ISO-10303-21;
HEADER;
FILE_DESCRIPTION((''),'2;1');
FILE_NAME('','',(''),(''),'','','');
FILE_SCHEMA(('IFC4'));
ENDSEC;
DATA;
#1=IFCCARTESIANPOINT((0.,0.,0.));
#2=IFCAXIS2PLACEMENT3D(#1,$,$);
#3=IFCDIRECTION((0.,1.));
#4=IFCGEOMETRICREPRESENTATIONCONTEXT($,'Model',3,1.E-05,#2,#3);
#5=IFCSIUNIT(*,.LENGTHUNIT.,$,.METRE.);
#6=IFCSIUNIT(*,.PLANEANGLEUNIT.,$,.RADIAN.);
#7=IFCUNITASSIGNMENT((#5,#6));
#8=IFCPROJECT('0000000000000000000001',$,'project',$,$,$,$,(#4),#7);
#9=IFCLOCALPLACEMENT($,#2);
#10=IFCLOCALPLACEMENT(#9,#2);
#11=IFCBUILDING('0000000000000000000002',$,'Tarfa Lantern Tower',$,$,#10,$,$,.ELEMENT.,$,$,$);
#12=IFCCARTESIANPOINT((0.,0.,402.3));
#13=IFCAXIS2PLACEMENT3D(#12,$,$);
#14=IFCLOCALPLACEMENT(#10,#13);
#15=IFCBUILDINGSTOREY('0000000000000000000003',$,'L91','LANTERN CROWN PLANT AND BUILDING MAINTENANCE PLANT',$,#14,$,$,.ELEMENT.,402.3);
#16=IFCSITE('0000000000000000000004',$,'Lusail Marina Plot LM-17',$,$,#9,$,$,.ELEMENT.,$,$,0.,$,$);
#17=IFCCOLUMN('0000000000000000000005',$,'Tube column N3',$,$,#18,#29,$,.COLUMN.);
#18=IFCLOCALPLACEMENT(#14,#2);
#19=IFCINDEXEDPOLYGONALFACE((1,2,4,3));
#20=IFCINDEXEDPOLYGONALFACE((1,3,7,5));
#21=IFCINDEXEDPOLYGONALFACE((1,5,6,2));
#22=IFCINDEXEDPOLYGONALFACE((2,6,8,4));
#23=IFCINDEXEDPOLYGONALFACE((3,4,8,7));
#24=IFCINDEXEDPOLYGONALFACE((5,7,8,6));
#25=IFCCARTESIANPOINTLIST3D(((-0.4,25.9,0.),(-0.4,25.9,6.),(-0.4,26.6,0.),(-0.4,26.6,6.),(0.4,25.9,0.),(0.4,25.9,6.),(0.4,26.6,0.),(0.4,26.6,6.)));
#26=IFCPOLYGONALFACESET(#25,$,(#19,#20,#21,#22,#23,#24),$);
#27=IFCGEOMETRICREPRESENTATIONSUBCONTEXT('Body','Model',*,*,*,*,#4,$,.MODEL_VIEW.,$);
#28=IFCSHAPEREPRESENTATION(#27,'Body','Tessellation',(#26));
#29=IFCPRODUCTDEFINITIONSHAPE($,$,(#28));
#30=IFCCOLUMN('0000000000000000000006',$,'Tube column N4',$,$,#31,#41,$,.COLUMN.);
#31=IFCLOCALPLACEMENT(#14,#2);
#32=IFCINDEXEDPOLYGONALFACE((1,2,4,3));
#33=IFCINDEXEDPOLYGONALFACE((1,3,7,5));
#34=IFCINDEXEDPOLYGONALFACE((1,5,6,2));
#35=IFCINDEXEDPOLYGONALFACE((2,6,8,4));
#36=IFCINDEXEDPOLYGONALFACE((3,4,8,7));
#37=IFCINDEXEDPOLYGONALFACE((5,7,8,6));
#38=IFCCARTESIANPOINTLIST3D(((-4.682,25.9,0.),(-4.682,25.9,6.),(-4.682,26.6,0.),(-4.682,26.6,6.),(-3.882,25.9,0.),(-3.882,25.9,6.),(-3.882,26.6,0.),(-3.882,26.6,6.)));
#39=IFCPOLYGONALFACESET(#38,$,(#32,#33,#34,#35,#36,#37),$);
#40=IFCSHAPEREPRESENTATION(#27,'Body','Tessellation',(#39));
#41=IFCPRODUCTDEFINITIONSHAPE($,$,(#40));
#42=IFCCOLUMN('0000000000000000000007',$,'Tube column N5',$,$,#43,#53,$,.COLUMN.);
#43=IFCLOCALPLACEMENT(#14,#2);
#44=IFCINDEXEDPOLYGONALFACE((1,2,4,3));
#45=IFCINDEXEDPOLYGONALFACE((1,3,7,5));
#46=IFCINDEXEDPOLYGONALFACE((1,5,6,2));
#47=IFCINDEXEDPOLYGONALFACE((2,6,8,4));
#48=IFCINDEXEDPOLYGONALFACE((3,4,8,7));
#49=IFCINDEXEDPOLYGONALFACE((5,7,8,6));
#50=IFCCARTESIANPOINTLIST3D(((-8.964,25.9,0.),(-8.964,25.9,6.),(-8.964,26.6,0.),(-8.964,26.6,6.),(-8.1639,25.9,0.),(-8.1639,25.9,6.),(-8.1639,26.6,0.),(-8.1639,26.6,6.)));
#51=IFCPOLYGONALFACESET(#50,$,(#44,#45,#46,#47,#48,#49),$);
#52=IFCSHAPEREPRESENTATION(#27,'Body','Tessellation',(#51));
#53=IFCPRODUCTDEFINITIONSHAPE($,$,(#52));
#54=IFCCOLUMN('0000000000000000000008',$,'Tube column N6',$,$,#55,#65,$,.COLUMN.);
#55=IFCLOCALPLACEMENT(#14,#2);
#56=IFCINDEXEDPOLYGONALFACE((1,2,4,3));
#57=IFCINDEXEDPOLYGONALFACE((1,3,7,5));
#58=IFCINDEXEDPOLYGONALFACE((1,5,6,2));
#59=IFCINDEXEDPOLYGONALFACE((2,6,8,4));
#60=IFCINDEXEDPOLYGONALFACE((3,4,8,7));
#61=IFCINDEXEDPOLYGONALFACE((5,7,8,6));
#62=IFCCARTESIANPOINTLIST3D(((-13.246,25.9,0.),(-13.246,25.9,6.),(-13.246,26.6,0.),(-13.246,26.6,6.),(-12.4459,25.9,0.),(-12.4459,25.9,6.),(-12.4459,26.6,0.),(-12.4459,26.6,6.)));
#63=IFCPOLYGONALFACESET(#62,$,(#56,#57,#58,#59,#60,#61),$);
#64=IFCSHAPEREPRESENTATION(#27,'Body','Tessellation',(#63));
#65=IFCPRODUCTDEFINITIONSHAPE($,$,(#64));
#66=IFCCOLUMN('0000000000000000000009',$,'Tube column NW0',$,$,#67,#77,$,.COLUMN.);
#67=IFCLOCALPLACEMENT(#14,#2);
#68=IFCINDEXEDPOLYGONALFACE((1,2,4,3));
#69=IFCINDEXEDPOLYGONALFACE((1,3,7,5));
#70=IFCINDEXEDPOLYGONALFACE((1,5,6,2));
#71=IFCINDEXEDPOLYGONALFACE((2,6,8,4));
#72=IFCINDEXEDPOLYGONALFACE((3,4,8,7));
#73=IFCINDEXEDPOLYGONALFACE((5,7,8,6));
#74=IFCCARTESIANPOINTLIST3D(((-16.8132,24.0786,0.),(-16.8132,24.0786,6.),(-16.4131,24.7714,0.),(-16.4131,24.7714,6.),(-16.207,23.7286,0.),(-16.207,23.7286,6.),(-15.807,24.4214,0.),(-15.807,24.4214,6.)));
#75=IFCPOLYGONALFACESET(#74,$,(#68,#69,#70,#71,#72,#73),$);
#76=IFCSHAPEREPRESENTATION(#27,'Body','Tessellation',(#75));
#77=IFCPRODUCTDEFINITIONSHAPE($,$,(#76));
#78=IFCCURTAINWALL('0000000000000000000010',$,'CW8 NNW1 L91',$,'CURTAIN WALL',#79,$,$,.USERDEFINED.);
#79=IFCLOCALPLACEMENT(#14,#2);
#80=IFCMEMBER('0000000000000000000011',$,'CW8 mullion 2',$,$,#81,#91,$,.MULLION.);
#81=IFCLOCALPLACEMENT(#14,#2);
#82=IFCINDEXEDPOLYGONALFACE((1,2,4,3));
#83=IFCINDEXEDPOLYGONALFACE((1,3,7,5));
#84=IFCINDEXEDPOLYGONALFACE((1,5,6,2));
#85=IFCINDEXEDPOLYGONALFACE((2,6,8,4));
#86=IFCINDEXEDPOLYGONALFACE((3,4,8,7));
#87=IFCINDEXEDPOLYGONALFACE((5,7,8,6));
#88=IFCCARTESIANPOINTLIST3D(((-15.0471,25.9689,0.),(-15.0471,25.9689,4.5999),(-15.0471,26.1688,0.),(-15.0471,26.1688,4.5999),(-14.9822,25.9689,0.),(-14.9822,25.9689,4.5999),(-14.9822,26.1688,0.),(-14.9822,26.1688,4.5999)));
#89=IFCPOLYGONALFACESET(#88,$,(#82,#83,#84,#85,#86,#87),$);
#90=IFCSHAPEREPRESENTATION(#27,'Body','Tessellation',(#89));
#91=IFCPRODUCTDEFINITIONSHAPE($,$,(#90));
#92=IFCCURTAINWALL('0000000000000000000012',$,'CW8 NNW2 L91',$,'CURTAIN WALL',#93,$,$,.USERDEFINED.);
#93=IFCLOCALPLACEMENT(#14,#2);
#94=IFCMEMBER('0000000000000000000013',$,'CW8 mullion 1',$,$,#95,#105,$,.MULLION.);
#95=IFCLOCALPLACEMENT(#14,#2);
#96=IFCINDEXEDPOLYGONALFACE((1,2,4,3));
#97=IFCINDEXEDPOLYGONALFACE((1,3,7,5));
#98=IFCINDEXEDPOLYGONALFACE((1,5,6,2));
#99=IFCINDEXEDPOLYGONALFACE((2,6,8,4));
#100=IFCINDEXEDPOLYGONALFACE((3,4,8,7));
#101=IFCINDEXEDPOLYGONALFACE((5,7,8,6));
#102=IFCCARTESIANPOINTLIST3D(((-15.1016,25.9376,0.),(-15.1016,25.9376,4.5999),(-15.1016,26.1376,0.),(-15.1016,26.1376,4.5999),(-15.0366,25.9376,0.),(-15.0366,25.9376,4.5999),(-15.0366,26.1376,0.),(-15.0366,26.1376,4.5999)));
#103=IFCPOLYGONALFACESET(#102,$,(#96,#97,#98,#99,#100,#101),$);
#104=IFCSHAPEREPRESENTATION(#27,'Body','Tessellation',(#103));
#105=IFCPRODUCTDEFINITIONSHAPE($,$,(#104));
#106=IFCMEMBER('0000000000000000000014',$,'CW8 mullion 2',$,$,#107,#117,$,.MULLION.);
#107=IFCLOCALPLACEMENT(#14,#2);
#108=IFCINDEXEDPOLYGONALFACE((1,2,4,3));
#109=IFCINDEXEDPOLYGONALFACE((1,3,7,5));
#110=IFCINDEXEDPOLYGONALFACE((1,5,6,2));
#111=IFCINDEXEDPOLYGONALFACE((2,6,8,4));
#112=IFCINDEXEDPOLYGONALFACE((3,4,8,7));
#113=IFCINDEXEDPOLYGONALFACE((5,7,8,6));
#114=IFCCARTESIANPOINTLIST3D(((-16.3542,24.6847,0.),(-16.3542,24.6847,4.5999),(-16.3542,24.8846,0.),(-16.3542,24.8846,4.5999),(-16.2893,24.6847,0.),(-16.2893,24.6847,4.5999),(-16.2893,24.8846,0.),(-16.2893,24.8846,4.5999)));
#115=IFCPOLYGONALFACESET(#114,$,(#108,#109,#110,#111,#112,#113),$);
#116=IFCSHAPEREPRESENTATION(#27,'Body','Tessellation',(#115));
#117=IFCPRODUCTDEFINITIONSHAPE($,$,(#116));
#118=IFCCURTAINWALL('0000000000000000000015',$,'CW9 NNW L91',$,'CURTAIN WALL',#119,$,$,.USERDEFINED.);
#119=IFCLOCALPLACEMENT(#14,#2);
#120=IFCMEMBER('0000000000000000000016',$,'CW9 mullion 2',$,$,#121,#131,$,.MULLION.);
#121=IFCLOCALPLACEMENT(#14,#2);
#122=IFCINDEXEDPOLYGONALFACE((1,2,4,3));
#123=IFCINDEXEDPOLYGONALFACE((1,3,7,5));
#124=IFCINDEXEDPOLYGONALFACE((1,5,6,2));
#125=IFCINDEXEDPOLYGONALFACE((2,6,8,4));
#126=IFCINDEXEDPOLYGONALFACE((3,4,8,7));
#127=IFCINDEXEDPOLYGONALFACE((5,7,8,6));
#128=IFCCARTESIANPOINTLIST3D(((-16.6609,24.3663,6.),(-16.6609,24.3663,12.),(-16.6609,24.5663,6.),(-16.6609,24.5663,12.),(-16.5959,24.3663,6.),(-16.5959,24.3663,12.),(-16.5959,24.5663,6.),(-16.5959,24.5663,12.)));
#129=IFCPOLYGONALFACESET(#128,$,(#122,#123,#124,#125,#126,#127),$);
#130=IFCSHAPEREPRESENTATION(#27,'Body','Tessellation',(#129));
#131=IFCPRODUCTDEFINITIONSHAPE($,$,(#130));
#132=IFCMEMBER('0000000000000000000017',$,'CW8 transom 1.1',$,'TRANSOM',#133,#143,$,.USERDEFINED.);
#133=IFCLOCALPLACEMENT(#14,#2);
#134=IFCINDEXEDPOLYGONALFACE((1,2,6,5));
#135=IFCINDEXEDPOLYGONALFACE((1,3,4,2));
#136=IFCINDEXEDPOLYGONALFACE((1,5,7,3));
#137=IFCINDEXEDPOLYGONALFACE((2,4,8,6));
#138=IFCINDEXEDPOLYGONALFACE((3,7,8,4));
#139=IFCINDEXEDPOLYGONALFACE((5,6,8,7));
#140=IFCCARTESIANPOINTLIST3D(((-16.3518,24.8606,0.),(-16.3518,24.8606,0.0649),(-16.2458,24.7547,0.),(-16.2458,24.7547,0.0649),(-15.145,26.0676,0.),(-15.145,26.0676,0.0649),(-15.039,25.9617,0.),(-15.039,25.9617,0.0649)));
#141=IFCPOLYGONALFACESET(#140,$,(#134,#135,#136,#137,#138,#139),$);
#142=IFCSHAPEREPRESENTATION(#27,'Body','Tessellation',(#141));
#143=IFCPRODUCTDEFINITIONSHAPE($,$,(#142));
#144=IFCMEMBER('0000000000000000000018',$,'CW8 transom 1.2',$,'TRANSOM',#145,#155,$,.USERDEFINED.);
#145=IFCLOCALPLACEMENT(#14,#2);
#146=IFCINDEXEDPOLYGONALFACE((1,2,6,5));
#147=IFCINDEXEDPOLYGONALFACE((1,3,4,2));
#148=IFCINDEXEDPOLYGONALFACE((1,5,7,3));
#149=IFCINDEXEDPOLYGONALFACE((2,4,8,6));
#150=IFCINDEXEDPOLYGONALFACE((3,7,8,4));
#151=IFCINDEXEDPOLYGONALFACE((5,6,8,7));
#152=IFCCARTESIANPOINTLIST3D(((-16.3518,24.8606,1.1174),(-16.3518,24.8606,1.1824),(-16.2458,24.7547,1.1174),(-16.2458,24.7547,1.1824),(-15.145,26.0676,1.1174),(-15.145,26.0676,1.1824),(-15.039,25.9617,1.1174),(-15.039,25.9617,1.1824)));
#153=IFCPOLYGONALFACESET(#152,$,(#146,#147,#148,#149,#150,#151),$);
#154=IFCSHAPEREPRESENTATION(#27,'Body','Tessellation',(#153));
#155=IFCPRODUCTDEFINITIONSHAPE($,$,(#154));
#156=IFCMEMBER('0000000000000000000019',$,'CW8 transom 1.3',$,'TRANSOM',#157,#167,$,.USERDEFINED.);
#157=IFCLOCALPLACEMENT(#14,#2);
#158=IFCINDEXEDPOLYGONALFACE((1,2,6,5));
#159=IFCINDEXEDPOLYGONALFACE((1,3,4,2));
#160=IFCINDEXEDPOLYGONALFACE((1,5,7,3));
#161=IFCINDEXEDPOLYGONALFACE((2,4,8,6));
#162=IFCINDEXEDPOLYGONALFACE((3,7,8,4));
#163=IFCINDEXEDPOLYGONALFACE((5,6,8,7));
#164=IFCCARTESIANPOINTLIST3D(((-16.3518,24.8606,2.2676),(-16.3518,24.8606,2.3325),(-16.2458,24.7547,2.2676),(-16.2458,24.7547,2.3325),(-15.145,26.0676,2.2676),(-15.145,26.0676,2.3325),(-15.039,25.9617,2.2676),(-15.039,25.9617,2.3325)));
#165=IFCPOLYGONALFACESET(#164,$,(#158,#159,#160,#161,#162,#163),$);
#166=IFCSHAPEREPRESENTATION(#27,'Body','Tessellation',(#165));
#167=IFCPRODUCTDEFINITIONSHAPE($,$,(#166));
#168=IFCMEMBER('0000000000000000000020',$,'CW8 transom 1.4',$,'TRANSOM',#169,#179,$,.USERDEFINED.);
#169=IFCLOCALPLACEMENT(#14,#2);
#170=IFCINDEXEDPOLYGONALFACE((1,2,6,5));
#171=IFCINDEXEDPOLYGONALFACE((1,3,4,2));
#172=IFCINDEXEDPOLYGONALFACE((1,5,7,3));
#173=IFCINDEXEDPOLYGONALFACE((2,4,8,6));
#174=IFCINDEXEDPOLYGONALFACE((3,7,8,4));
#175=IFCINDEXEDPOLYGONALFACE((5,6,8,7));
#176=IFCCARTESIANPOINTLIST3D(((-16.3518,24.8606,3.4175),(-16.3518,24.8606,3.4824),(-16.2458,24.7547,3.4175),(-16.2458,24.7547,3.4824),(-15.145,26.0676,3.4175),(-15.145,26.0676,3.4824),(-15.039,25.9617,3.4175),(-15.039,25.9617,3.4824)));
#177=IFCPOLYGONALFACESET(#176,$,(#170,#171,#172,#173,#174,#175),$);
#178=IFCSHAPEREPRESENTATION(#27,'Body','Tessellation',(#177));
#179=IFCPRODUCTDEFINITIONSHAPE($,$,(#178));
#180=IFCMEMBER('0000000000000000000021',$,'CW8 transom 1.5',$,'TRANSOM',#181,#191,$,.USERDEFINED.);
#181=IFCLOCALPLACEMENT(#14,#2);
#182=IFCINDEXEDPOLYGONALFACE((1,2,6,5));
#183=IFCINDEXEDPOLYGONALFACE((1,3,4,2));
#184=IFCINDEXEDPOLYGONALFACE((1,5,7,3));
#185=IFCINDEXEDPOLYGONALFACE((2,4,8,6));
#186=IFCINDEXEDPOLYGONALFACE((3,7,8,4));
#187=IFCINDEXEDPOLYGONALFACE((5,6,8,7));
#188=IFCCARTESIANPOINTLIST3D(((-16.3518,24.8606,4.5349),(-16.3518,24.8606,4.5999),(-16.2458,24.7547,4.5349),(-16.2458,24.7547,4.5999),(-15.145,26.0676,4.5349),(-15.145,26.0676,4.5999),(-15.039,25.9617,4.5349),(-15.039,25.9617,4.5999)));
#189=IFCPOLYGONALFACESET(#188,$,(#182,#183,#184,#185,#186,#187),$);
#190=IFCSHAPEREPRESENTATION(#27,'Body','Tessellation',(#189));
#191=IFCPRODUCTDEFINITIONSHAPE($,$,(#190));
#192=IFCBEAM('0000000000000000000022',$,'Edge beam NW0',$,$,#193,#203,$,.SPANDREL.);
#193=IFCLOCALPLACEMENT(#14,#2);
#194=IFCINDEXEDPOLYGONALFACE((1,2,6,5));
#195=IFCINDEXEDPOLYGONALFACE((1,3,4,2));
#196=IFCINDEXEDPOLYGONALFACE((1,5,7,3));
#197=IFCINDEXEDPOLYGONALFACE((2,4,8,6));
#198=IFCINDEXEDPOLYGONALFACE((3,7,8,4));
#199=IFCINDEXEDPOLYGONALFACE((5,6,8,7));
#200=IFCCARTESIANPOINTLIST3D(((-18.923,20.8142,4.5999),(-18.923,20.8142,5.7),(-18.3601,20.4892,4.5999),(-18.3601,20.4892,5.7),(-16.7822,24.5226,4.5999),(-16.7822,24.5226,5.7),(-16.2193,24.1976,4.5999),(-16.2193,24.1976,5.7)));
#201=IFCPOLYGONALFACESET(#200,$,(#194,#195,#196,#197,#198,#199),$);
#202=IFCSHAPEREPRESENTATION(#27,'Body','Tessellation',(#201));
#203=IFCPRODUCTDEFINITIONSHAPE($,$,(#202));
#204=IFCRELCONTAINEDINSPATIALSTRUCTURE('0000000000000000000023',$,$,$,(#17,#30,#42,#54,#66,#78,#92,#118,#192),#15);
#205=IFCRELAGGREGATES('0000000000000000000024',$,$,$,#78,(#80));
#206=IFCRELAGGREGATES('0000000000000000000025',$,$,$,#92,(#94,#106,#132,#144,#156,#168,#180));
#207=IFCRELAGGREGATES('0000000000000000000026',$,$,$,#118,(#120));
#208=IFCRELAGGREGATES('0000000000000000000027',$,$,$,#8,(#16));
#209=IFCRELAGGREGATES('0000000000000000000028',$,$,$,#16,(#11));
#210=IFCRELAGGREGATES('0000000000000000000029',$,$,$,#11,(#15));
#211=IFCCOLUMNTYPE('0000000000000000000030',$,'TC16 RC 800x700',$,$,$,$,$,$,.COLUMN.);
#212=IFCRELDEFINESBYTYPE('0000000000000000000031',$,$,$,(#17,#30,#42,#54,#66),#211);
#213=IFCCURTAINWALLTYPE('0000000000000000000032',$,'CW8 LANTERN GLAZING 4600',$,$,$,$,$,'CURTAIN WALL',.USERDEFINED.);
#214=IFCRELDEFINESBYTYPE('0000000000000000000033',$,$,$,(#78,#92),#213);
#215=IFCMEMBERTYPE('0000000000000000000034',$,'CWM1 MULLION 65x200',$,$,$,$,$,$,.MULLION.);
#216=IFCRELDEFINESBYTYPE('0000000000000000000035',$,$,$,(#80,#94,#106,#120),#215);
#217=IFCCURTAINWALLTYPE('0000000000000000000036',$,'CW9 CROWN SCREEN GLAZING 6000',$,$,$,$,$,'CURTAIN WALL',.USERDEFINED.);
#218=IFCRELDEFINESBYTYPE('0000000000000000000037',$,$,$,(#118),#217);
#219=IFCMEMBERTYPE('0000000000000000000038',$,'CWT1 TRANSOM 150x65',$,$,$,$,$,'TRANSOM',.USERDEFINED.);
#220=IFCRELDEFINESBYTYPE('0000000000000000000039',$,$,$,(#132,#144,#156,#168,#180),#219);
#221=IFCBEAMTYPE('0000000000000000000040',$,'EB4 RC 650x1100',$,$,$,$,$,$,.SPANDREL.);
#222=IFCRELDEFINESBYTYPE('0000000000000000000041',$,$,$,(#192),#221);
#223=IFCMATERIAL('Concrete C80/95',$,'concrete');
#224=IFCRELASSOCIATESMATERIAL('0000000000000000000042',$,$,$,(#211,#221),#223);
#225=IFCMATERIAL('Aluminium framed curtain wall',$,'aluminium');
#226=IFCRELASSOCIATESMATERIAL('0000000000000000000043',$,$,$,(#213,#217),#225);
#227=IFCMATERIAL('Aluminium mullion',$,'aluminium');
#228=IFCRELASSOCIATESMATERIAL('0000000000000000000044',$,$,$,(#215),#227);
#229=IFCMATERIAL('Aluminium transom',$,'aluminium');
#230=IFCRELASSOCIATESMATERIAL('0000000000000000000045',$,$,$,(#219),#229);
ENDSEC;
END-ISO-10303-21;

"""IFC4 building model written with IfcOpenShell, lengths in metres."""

from ifc_helpers import new_model, si_unit, direction, frame, origin, origin_2d, place, context, subcontext, project, spatial, rectangle, extrude, material, material_profile, profile_set, type_object, element, aggregate, save


model = new_model("IFC4")

# Units and contexts
model_context = context("Model", 3, precision=1e-05, world=origin(), true_north=direction((0.0, 1.0)))
body_context = subcontext(model_context, "Body", "Model", "MODEL_VIEW")
ifc_project = project(units=[si_unit("LENGTHUNIT", "METRE"), si_unit("PLANEANGLEUNIT", "RADIAN")], contexts=[model_context])

# Site, building, storey
site_placement = place(None, origin())
site = spatial("IfcSite", under=ifc_project, at=site_placement, Name="Lusail Marina Plot LM-17", CompositionType="ELEMENT", RefElevation=0.0)
building_placement = place(site_placement, origin())
building = spatial("IfcBuilding", under=site, at=building_placement, Name="Tarfa Lantern Tower", CompositionType="ELEMENT")
storey_placement = place(building_placement, frame((0.0, 0.0, 402.3)))
storey = spatial("IfcBuildingStorey", under=building, at=storey_placement, Name="L91", Description="LANTERN CROWN PLANT AND BUILDING MAINTENANCE PLANT", CompositionType="ELEMENT", Elevation=402.3)

# Columns
ifc_material_1 = material(Name="Concrete C80/95", Category="concrete")
ifc_material_profile_1 = material_profile(ifc_material_1, rectangle(XDim=0.8, YDim=0.7, at=origin_2d()), Name="RC 800x700")
ifc_profile_set_1 = profile_set([ifc_material_profile_1], Name="Concrete C80/95")
column_type = type_object("IfcColumnType", Name="TC16 RC 800x700", PredefinedType="COLUMN", material=ifc_profile_set_1)
for number, where, z_axis, x_axis, name in (
    (1, (0.0, 26.25, 0.0), (0.0, 0.0, 1.0), (-1.0, 0.0, 0.0), "Tube column N3"),
    (2, (-4.282, 26.25, 0.0), (0.0, 0.0, 1.0), (-1.0, 0.0, 0.0), "Tube column N4"),
    (3, (-8.564, 26.25, 0.0), (0.0, 0.0, 1.0), (-1.0, 0.0, 0.0), "Tube column N5"),
    (4, (-12.8459, 26.25, 0.0), (0.0, 0.0, 1.0), (-1.0, 0.0, 0.0), "Tube column N6"),
    (5, (-16.3101, 24.25, 0.0), (0.0, 0.0, 1.0), (-0.5, -0.866025, 0.0), "Tube column NW0"),
):
    element("IfcColumn", number, at=place(storey_placement, frame(where, z_axis=z_axis, x_axis=x_axis)), inside=storey, type_object=column_type, Name=name, PredefinedType="COLUMN", context=body_context, shape_type="SweptSolid", body=[
        extrude(rectangle(XDim=0.8, YDim=0.7, at=origin_2d()), origin(), (0.0, 0.0, 1.0), 6.0),
    ])

# Curtain wall, member
ifc_material_2 = material(Name="Aluminium framed curtain wall", Category="aluminium")
curtain_wall_type_1 = type_object("IfcCurtainWallType", Name="CW8 LANTERN GLAZING 4600", ElementType="CURTAIN WALL", PredefinedType="USERDEFINED", material=ifc_material_2)
curtain_wall_1_placement = place(storey_placement, origin())
curtain_wall_1 = element("IfcCurtainWall", 6, at=curtain_wall_1_placement, inside=storey, type_object=curtain_wall_type_1, Name="CW8 NNW1 L91", ObjectType="CURTAIN WALL", PredefinedType="USERDEFINED")
ifc_material_3 = material(Name="Aluminium mullion", Category="aluminium")
ifc_material_profile_2 = material_profile(ifc_material_3, rectangle(XDim=0.0649, YDim=0.2, at=origin_2d()), Name="AL MULLION 65x200")
ifc_profile_set_2 = profile_set([ifc_material_profile_2], Name="Aluminium mullion")
member_type_1 = type_object("IfcMemberType", Name="CWM1 MULLION 65x200", PredefinedType="MULLION", material=ifc_profile_set_2)
member_1_placement = place(storey_placement, frame((-15.0146, 26.0688, 0.0), z_axis=(0.0, 0.0, 1.0), x_axis=(1.0, 0.0, 0.0)))
member_1 = element("IfcMember", 7, at=member_1_placement, type_object=member_type_1, Name="CW8 mullion 2", PredefinedType="MULLION", context=body_context, shape_type="SweptSolid", body=[
    extrude(rectangle(XDim=0.0649, YDim=0.2, at=origin_2d()), origin(), (0.0, 0.0, 1.0), 4.5999),
])
aggregate(curtain_wall_1, [member_1])

# Curtain wall, members
curtain_wall_2_placement = place(storey_placement, origin())
curtain_wall_2 = element("IfcCurtainWall", 8, at=curtain_wall_2_placement, inside=storey, type_object=curtain_wall_type_1, Name="CW8 NNW2 L91", ObjectType="CURTAIN WALL", PredefinedType="USERDEFINED")
member_2_placement = place(storey_placement, frame((-15.0691, 26.0376, 0.0), z_axis=(0.0, 0.0, 1.0), x_axis=(1.0, 0.0, 0.0)))
member_2 = element("IfcMember", 9, at=member_2_placement, type_object=member_type_1, Name="CW8 mullion 1", PredefinedType="MULLION", context=body_context, shape_type="SweptSolid", body=[
    extrude(rectangle(XDim=0.0649, YDim=0.2, at=origin_2d()), origin(), (0.0, 0.0, 1.0), 4.5999),
])
member_3_placement = place(storey_placement, frame((-16.3218, 24.7847, 0.0), z_axis=(0.0, 0.0, 1.0), x_axis=(1.0, 0.0, 0.0)))
member_3 = element("IfcMember", 10, at=member_3_placement, type_object=member_type_1, Name="CW8 mullion 2", PredefinedType="MULLION", context=body_context, shape_type="SweptSolid", body=[
    extrude(rectangle(XDim=0.0649, YDim=0.2, at=origin_2d()), origin(), (0.0, 0.0, 1.0), 4.5999),
])

# Curtain wall, member
curtain_wall_type_2 = type_object("IfcCurtainWallType", Name="CW9 CROWN SCREEN GLAZING 6000", ElementType="CURTAIN WALL", PredefinedType="USERDEFINED", material=ifc_material_2)
curtain_wall_3_placement = place(storey_placement, origin())
curtain_wall_3 = element("IfcCurtainWall", 11, at=curtain_wall_3_placement, inside=storey, type_object=curtain_wall_type_2, Name="CW9 NNW L91", ObjectType="CURTAIN WALL", PredefinedType="USERDEFINED")
member_4_placement = place(storey_placement, frame((-16.6284, 24.4663, 6.0), z_axis=(0.0, 0.0, 1.0), x_axis=(1.0, 0.0, 0.0)))
member_4 = element("IfcMember", 12, at=member_4_placement, type_object=member_type_1, Name="CW9 mullion 2", PredefinedType="MULLION", context=body_context, shape_type="SweptSolid", body=[
    extrude(rectangle(XDim=0.0649, YDim=0.2, at=origin_2d()), origin(), (0.0, 0.0, 1.0), 6.0),
])

# Members
ifc_material_4 = material(Name="Aluminium transom", Category="aluminium")
ifc_material_profile_3 = material_profile(ifc_material_4, rectangle(XDim=0.1499, YDim=0.0649, at=origin_2d()), Name="AL TRANSOM 150x65")
ifc_profile_set_3 = profile_set([ifc_material_profile_3], Name="Aluminium transom")
member_type_2 = type_object("IfcMemberType", Name="CWT1 TRANSOM 150x65", ElementType="TRANSOM", PredefinedType="USERDEFINED", material=ifc_profile_set_3)
member_5_placement = place(storey_placement, frame((-15.092, 26.0146, 0.0325), z_axis=(-0.707035, -0.707178, 0.0), x_axis=(0.707178, -0.707035, 0.0)))
member_5 = element("IfcMember", 13, at=member_5_placement, type_object=member_type_2, Name="CW8 transom 1.1", ObjectType="TRANSOM", PredefinedType="USERDEFINED", context=body_context, shape_type="SweptSolid", body=[
    extrude(rectangle(XDim=0.1499, YDim=0.0649, at=origin_2d()), origin(), (0.0, 0.0, 1.0), 1.7068),
])
member_6_placement = place(storey_placement, frame((-15.092, 26.0146, 1.1499), z_axis=(-0.707035, -0.707178, 0.0), x_axis=(0.707178, -0.707035, 0.0)))
member_6 = element("IfcMember", 14, at=member_6_placement, type_object=member_type_2, Name="CW8 transom 1.2", ObjectType="TRANSOM", PredefinedType="USERDEFINED", context=body_context, shape_type="SweptSolid", body=[
    extrude(rectangle(XDim=0.1499, YDim=0.0649, at=origin_2d()), origin(), (0.0, 0.0, 1.0), 1.7068),
])
member_7_placement = place(storey_placement, frame((-15.092, 26.0146, 2.3), z_axis=(-0.707035, -0.707178, 0.0), x_axis=(0.707178, -0.707035, 0.0)))
member_7 = element("IfcMember", 15, at=member_7_placement, type_object=member_type_2, Name="CW8 transom 1.3", ObjectType="TRANSOM", PredefinedType="USERDEFINED", context=body_context, shape_type="SweptSolid", body=[
    extrude(rectangle(XDim=0.1499, YDim=0.0649, at=origin_2d()), origin(), (0.0, 0.0, 1.0), 1.7068),
])
member_8_placement = place(storey_placement, frame((-15.092, 26.0146, 3.45), z_axis=(-0.707035, -0.707178, 0.0), x_axis=(0.707178, -0.707035, 0.0)))
member_8 = element("IfcMember", 16, at=member_8_placement, type_object=member_type_2, Name="CW8 transom 1.4", ObjectType="TRANSOM", PredefinedType="USERDEFINED", context=body_context, shape_type="SweptSolid", body=[
    extrude(rectangle(XDim=0.1499, YDim=0.0649, at=origin_2d()), origin(), (0.0, 0.0, 1.0), 1.7068),
])
member_9_placement = place(storey_placement, frame((-15.092, 26.0146, 4.5674), z_axis=(-0.707035, -0.707178, 0.0), x_axis=(0.707178, -0.707035, 0.0)))
member_9 = element("IfcMember", 17, at=member_9_placement, type_object=member_type_2, Name="CW8 transom 1.5", ObjectType="TRANSOM", PredefinedType="USERDEFINED", context=body_context, shape_type="SweptSolid", body=[
    extrude(rectangle(XDim=0.1499, YDim=0.0649, at=origin_2d()), origin(), (0.0, 0.0, 1.0), 1.7068),
])

# Beam
ifc_material_profile_4 = material_profile(ifc_material_1, rectangle(XDim=0.6499, YDim=1.1001, at=origin_2d()), Name="RC 650x1100")
ifc_profile_set_4 = profile_set([ifc_material_profile_4], Name="Concrete C80/95")
beam_type_1 = type_object("IfcBeamType", Name="EB4 RC 650x1100", PredefinedType="SPANDREL", material=ifc_profile_set_4)
beam_1_placement = place(storey_placement, frame((-16.5007, 24.3601, 5.1499), z_axis=(-0.499959, -0.866049, 0.0), x_axis=(0.866049, -0.499959, 0.0)))
element("IfcBeam", 18, at=beam_1_placement, inside=storey, type_object=beam_type_1, Name="Edge beam NW0", PredefinedType="SPANDREL", context=body_context, shape_type="SweptSolid", body=[
    extrude(rectangle(XDim=0.6499, YDim=1.1001, at=origin_2d()), origin(), (0.0, 0.0, 1.0), 4.282),
])

aggregate(curtain_wall_2, [member_2, member_3, member_5, member_6, member_7, member_8, member_9])
aggregate(curtain_wall_3, [member_4])

save(model, "model.ifc")
